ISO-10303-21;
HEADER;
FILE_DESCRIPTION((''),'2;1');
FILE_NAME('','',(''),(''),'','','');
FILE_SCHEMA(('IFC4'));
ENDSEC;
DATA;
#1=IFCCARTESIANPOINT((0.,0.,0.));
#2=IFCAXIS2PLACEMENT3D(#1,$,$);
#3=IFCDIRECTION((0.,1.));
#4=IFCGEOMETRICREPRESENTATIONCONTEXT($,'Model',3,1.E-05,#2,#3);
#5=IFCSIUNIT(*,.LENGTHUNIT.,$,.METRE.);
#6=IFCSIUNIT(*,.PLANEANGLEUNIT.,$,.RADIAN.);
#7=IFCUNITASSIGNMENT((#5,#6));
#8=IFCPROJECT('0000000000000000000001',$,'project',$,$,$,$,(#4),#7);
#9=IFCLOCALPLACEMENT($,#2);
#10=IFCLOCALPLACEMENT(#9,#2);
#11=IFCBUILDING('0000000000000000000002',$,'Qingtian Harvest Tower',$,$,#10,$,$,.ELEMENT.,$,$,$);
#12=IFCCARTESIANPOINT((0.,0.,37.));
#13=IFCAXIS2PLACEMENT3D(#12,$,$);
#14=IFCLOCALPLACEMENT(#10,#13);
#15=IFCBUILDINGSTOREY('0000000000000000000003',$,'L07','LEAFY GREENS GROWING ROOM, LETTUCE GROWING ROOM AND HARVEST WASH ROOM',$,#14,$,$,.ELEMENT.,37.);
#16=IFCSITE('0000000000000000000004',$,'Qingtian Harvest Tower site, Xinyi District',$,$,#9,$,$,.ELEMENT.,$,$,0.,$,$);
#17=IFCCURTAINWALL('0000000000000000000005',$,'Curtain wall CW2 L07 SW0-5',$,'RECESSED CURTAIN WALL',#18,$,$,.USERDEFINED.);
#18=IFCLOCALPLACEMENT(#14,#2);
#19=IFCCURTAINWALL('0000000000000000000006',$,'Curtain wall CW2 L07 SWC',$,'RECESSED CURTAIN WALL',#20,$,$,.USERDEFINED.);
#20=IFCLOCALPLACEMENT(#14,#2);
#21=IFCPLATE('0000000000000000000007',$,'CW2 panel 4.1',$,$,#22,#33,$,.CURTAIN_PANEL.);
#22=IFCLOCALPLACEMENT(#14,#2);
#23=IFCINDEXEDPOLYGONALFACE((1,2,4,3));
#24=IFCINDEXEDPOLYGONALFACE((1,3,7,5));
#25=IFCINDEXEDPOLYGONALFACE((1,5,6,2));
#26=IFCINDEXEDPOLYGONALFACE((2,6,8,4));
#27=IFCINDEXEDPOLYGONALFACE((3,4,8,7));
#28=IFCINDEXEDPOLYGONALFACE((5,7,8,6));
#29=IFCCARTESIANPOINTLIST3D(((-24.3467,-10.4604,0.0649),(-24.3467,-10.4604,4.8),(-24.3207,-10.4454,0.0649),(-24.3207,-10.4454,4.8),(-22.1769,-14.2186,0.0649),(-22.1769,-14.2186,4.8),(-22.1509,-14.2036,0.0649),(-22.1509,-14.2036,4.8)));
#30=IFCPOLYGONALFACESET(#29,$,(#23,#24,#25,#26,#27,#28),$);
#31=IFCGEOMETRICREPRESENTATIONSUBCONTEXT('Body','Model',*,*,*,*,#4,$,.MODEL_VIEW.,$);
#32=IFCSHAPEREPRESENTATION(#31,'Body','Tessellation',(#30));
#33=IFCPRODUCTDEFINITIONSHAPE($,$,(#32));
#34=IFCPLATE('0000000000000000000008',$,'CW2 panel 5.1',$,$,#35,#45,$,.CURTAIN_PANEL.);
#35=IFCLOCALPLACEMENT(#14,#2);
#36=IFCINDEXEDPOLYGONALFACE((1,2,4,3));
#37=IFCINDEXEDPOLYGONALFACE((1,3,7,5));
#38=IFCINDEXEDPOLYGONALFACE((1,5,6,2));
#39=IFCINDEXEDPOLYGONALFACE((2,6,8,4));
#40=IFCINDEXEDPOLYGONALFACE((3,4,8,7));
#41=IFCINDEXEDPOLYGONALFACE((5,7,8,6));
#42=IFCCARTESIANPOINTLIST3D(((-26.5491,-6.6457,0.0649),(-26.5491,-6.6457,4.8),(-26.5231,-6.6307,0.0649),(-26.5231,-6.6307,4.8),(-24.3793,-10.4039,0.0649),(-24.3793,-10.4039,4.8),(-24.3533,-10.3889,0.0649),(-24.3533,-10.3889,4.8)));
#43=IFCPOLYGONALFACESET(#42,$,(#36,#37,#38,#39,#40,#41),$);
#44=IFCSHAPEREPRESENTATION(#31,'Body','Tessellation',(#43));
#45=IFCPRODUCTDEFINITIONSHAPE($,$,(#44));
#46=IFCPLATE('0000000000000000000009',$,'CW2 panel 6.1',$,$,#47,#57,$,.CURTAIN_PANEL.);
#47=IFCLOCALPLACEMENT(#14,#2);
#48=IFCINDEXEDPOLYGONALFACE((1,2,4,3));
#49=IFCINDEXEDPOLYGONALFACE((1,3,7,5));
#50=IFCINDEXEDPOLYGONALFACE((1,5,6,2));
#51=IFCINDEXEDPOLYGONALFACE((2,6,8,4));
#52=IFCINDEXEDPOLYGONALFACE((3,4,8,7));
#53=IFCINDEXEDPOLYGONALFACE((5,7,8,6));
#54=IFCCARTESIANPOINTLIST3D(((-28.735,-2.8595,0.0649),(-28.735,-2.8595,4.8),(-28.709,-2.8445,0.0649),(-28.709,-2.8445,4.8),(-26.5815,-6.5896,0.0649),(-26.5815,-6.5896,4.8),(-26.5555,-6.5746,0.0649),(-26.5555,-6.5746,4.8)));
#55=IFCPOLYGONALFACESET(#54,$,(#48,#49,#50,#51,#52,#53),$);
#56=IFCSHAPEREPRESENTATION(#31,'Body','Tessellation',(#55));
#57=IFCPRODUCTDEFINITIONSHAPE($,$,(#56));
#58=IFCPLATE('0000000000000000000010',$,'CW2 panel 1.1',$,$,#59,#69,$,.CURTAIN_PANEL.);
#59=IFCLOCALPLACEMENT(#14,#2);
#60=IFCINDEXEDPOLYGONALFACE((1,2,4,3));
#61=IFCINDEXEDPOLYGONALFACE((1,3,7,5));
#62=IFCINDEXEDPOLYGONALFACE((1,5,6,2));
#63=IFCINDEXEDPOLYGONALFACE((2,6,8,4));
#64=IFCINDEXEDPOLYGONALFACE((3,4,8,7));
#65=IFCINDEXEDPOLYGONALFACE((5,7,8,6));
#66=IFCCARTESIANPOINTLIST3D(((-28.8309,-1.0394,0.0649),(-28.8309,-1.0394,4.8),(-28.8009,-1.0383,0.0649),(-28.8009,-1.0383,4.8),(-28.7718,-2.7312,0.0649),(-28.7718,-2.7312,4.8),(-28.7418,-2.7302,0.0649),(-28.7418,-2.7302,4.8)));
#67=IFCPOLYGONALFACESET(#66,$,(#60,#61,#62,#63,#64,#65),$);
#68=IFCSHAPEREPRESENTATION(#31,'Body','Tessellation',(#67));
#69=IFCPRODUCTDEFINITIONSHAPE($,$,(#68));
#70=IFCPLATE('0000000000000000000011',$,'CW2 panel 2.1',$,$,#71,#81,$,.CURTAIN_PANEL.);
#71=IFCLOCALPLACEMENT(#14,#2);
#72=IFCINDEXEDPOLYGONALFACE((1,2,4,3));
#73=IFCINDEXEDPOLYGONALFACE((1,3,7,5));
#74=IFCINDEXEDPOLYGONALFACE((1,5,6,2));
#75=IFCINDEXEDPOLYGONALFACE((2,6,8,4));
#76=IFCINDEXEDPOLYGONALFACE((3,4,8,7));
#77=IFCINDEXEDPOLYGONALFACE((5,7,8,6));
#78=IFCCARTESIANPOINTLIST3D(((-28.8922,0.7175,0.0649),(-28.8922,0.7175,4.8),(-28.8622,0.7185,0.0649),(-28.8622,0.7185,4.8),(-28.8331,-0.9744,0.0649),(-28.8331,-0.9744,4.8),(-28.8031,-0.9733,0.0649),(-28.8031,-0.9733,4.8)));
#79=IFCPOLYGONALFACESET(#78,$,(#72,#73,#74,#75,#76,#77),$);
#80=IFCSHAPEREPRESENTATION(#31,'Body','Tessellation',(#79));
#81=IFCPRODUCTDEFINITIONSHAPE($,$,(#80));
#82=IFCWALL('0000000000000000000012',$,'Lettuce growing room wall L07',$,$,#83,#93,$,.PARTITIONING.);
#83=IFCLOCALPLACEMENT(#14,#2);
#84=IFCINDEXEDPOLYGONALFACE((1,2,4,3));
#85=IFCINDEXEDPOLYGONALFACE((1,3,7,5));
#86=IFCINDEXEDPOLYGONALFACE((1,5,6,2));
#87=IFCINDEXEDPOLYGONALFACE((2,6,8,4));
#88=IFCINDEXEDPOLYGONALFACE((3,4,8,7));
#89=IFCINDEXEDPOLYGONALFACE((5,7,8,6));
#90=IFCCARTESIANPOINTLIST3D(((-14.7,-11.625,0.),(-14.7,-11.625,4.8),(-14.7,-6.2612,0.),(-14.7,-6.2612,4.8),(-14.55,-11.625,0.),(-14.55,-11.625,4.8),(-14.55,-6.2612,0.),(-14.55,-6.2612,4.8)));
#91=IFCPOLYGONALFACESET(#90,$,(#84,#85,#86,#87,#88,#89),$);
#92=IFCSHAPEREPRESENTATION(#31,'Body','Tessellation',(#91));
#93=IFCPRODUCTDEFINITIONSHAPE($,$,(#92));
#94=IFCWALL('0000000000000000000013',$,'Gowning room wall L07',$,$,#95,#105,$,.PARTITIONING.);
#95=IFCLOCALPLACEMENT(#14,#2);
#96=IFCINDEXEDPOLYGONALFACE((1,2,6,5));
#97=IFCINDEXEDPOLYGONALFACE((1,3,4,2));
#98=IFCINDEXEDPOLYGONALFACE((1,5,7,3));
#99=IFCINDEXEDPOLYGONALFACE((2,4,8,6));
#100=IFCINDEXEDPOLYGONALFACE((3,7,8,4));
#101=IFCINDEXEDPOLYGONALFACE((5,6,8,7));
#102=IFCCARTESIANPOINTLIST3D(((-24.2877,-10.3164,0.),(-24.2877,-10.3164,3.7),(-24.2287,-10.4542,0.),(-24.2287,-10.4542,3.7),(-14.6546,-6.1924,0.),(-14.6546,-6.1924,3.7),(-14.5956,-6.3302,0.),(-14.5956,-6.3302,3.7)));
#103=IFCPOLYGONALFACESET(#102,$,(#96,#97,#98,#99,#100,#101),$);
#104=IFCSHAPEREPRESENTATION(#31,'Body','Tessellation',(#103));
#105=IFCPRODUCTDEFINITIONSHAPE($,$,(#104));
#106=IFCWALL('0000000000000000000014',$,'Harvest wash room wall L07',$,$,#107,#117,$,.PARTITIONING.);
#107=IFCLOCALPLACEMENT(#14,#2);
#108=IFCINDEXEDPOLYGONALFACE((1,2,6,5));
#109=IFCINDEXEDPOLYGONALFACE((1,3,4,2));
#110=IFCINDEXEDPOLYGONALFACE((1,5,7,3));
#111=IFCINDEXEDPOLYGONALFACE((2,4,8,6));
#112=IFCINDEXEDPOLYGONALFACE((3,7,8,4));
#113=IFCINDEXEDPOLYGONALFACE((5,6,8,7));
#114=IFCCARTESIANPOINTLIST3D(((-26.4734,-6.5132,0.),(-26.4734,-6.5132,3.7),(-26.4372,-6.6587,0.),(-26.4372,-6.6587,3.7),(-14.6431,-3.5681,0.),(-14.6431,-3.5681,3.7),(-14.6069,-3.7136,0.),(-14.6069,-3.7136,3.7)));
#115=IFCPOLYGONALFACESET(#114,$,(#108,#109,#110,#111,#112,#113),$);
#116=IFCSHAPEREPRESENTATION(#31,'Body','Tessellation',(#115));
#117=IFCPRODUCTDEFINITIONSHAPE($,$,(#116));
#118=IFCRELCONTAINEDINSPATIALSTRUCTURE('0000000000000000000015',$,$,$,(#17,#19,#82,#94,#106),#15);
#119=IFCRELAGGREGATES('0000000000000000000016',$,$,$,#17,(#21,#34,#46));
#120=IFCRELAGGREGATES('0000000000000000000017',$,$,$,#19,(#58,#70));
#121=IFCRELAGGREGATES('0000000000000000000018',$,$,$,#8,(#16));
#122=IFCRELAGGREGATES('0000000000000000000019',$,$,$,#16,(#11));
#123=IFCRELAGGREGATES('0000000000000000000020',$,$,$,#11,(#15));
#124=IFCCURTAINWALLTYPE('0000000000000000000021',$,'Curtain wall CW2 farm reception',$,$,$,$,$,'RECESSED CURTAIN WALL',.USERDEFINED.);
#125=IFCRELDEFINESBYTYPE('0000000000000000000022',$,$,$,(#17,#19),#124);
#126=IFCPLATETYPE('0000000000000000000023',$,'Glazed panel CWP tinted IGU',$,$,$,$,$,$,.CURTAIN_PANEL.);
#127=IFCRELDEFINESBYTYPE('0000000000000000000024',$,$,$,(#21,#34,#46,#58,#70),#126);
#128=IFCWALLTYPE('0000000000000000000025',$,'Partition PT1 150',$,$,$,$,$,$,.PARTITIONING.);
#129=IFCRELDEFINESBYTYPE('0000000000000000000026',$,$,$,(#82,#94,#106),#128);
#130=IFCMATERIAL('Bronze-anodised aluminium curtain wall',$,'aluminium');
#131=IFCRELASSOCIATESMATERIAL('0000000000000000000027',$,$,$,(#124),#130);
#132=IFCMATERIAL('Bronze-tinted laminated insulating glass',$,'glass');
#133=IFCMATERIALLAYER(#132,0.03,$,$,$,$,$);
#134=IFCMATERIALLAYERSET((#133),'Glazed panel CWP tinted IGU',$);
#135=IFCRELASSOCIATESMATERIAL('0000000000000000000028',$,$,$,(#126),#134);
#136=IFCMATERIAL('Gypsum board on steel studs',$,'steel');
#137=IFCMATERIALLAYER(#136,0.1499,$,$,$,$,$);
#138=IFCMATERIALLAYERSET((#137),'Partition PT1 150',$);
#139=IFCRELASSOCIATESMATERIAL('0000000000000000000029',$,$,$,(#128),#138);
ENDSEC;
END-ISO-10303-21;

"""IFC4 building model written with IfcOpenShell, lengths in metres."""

from ifc_helpers import new_model, si_unit, direction, frame, frame_2d, origin, origin_2d, place, context, subcontext, project, spatial, rectangle, extrude, material, layer, layer_set, type_object, element, aggregate, save


model = new_model("IFC4")

# Units and contexts
model_context = context("Model", 3, precision=1e-05, world=origin(), true_north=direction((0.0, 1.0)))
body_context = subcontext(model_context, "Body", "Model", "MODEL_VIEW")
ifc_project = project(units=[si_unit("LENGTHUNIT", "METRE"), si_unit("PLANEANGLEUNIT", "RADIAN")], contexts=[model_context])

# Site, building, storey
site_placement = place(None, origin())
site = spatial("IfcSite", under=ifc_project, at=site_placement, Name="Qingtian Harvest Tower site, Xinyi District", CompositionType="ELEMENT", RefElevation=0.0)
building_placement = place(site_placement, origin())
building = spatial("IfcBuilding", under=site, at=building_placement, Name="Qingtian Harvest Tower", CompositionType="ELEMENT")
storey_placement = place(building_placement, frame((0.0, 0.0, 37.0)))
storey = spatial("IfcBuildingStorey", under=building, at=storey_placement, Name="L07", Description="LEAFY GREENS GROWING ROOM, LETTUCE GROWING ROOM AND HARVEST WASH ROOM", CompositionType="ELEMENT", Elevation=37.0)

# Curtain walls
ifc_material_1 = material(Name="Bronze-anodised aluminium curtain wall", Category="aluminium")
curtain_wall_type = type_object("IfcCurtainWallType", Name="Curtain wall CW2 farm reception", ElementType="RECESSED CURTAIN WALL", PredefinedType="USERDEFINED", material=ifc_material_1)
curtain_wall_1_placement = place(storey_placement, origin())
curtain_wall_1 = element("IfcCurtainWall", 1, at=curtain_wall_1_placement, inside=storey, type_object=curtain_wall_type, Name="Curtain wall CW2 L07 SW0-5", ObjectType="RECESSED CURTAIN WALL", PredefinedType="USERDEFINED")
curtain_wall_2_placement = place(storey_placement, origin())
curtain_wall_2 = element("IfcCurtainWall", 2, at=curtain_wall_2_placement, inside=storey, type_object=curtain_wall_type, Name="Curtain wall CW2 L07 SWC", ObjectType="RECESSED CURTAIN WALL", PredefinedType="USERDEFINED")

# Plates
ifc_material_2 = material(Name="Bronze-tinted laminated insulating glass", Category="glass")
ifc_layer_1 = layer(ifc_material_2, 0.03)
ifc_layer_set_1 = layer_set([ifc_layer_1], Name="Glazed panel CWP tinted IGU")
plate_type = type_object("IfcPlateType", Name="Glazed panel CWP tinted IGU", PredefinedType="CURTAIN_PANEL", material=ifc_layer_set_1)
plate_1_placement = place(storey_placement, frame((-23.2488, -12.332, 0.0649), z_axis=(0.0, 0.0, 1.0), x_axis=(-0.5, 0.866025, 0.0)))
plate_1 = element("IfcPlate", 3, at=plate_1_placement, type_object=plate_type, Name="CW2 panel 4.1", PredefinedType="CURTAIN_PANEL", context=body_context, shape_type="SweptSolid", body=[
    extrude(rectangle(XDim=4.3396, YDim=0.03, at=origin_2d()), origin(), (0.0, 0.0, 1.0), 4.7351),
])
plate_2_placement = place(storey_placement, frame((-25.4512, -8.5173, 0.0649), z_axis=(0.0, 0.0, 1.0), x_axis=(-0.5, 0.866025, 0.0)))
plate_2 = element("IfcPlate", 4, at=plate_2_placement, type_object=plate_type, Name="CW2 panel 5.1", PredefinedType="CURTAIN_PANEL", context=body_context, shape_type="SweptSolid", body=[
    extrude(rectangle(XDim=4.3396, YDim=0.03, at=origin_2d()), origin(), (0.0, 0.0, 1.0), 4.7351),
])
plate_3_placement = place(storey_placement, frame((-27.6453, -4.717, 0.0649), z_axis=(0.0, 0.0, 1.0), x_axis=(-0.5, 0.866025, 0.0)))
plate_3 = element("IfcPlate", 5, at=plate_3_placement, type_object=plate_type, Name="CW2 panel 6.1", PredefinedType="CURTAIN_PANEL", context=body_context, shape_type="SweptSolid", body=[
    extrude(rectangle(XDim=4.3071, YDim=0.03, at=origin_2d()), origin(), (0.0, 0.0, 1.0), 4.7351),
])
aggregate(curtain_wall_1, [plate_1, plate_2, plate_3])
plate_4_placement = place(storey_placement, frame((-28.7864, -1.8848, 0.0649), z_axis=(0.0, 0.0, 1.0), x_axis=(-0.034899, 0.999391, 0.0)))
plate_4 = element("IfcPlate", 6, at=plate_4_placement, type_object=plate_type, Name="CW2 panel 1.1", PredefinedType="CURTAIN_PANEL", context=body_context, shape_type="SweptSolid", body=[
    extrude(rectangle(XDim=1.6929, YDim=0.03, at=origin_2d()), origin(), (0.0, 0.0, 1.0), 4.7351),
])
plate_5_placement = place(storey_placement, frame((-28.8477, -0.1279, 0.0649), z_axis=(0.0, 0.0, 1.0), x_axis=(-0.034899, 0.999391, 0.0)))
plate_5 = element("IfcPlate", 7, at=plate_5_placement, type_object=plate_type, Name="CW2 panel 2.1", PredefinedType="CURTAIN_PANEL", context=body_context, shape_type="SweptSolid", body=[
    extrude(rectangle(XDim=1.6929, YDim=0.03, at=origin_2d()), origin(), (0.0, 0.0, 1.0), 4.7351),
])
aggregate(curtain_wall_2, [plate_4, plate_5])

# Walls
ifc_material_3 = material(Name="Gypsum board on steel studs", Category="steel")
ifc_layer_2 = layer(ifc_material_3, 0.1499)
ifc_layer_set_2 = layer_set([ifc_layer_2], Name="Partition PT1 150")
wall_type = type_object("IfcWallType", Name="Partition PT1 150", PredefinedType="PARTITIONING", material=ifc_layer_set_2)
wall_1_placement = place(storey_placement, frame((-14.625, -11.625, 0.0), z_axis=(0.0, 0.0, 1.0), x_axis=(0.0, 1.0, 0.0)))
element("IfcWall", 8, at=wall_1_placement, inside=storey, type_object=wall_type, Name="Lettuce growing room wall L07", PredefinedType="PARTITIONING", context=body_context, shape_type="SweptSolid", body=[
    extrude(rectangle(XDim=5.3638, YDim=0.1499, at=frame_2d((2.6819, 0.0))), origin(), (0.0, 0.0, 1.0), 4.8),
])
wall_2_placement = place(storey_placement, frame((-24.2581, -10.3853, 0.0), z_axis=(0.0, 0.0, 1.0), x_axis=(0.919298, 0.393562, 0.0)))
element("IfcWall", 9, at=wall_2_placement, inside=storey, type_object=wall_type, Name="Gowning room wall L07", PredefinedType="PARTITIONING", context=body_context, shape_type="SweptSolid", body=[
    extrude(rectangle(XDim=10.4788, YDim=0.1499, at=frame_2d((5.2393, 0.0))), origin(), (0.0, 0.0, 1.0), 3.7),
])
wall_3_placement = place(storey_placement, frame((-26.4553, -6.5859, 0.0), z_axis=(0.0, 0.0, 1.0), x_axis=(0.970384, 0.24157, 0.0)))
element("IfcWall", 10, at=wall_3_placement, inside=storey, type_object=wall_type, Name="Harvest wash room wall L07", PredefinedType="PARTITIONING", context=body_context, shape_type="SweptSolid", body=[
    extrude(rectangle(XDim=12.1914, YDim=0.1499, at=frame_2d((6.0957, 0.0))), origin(), (0.0, 0.0, 1.0), 3.7),
])

save(model, "model.ifc")
